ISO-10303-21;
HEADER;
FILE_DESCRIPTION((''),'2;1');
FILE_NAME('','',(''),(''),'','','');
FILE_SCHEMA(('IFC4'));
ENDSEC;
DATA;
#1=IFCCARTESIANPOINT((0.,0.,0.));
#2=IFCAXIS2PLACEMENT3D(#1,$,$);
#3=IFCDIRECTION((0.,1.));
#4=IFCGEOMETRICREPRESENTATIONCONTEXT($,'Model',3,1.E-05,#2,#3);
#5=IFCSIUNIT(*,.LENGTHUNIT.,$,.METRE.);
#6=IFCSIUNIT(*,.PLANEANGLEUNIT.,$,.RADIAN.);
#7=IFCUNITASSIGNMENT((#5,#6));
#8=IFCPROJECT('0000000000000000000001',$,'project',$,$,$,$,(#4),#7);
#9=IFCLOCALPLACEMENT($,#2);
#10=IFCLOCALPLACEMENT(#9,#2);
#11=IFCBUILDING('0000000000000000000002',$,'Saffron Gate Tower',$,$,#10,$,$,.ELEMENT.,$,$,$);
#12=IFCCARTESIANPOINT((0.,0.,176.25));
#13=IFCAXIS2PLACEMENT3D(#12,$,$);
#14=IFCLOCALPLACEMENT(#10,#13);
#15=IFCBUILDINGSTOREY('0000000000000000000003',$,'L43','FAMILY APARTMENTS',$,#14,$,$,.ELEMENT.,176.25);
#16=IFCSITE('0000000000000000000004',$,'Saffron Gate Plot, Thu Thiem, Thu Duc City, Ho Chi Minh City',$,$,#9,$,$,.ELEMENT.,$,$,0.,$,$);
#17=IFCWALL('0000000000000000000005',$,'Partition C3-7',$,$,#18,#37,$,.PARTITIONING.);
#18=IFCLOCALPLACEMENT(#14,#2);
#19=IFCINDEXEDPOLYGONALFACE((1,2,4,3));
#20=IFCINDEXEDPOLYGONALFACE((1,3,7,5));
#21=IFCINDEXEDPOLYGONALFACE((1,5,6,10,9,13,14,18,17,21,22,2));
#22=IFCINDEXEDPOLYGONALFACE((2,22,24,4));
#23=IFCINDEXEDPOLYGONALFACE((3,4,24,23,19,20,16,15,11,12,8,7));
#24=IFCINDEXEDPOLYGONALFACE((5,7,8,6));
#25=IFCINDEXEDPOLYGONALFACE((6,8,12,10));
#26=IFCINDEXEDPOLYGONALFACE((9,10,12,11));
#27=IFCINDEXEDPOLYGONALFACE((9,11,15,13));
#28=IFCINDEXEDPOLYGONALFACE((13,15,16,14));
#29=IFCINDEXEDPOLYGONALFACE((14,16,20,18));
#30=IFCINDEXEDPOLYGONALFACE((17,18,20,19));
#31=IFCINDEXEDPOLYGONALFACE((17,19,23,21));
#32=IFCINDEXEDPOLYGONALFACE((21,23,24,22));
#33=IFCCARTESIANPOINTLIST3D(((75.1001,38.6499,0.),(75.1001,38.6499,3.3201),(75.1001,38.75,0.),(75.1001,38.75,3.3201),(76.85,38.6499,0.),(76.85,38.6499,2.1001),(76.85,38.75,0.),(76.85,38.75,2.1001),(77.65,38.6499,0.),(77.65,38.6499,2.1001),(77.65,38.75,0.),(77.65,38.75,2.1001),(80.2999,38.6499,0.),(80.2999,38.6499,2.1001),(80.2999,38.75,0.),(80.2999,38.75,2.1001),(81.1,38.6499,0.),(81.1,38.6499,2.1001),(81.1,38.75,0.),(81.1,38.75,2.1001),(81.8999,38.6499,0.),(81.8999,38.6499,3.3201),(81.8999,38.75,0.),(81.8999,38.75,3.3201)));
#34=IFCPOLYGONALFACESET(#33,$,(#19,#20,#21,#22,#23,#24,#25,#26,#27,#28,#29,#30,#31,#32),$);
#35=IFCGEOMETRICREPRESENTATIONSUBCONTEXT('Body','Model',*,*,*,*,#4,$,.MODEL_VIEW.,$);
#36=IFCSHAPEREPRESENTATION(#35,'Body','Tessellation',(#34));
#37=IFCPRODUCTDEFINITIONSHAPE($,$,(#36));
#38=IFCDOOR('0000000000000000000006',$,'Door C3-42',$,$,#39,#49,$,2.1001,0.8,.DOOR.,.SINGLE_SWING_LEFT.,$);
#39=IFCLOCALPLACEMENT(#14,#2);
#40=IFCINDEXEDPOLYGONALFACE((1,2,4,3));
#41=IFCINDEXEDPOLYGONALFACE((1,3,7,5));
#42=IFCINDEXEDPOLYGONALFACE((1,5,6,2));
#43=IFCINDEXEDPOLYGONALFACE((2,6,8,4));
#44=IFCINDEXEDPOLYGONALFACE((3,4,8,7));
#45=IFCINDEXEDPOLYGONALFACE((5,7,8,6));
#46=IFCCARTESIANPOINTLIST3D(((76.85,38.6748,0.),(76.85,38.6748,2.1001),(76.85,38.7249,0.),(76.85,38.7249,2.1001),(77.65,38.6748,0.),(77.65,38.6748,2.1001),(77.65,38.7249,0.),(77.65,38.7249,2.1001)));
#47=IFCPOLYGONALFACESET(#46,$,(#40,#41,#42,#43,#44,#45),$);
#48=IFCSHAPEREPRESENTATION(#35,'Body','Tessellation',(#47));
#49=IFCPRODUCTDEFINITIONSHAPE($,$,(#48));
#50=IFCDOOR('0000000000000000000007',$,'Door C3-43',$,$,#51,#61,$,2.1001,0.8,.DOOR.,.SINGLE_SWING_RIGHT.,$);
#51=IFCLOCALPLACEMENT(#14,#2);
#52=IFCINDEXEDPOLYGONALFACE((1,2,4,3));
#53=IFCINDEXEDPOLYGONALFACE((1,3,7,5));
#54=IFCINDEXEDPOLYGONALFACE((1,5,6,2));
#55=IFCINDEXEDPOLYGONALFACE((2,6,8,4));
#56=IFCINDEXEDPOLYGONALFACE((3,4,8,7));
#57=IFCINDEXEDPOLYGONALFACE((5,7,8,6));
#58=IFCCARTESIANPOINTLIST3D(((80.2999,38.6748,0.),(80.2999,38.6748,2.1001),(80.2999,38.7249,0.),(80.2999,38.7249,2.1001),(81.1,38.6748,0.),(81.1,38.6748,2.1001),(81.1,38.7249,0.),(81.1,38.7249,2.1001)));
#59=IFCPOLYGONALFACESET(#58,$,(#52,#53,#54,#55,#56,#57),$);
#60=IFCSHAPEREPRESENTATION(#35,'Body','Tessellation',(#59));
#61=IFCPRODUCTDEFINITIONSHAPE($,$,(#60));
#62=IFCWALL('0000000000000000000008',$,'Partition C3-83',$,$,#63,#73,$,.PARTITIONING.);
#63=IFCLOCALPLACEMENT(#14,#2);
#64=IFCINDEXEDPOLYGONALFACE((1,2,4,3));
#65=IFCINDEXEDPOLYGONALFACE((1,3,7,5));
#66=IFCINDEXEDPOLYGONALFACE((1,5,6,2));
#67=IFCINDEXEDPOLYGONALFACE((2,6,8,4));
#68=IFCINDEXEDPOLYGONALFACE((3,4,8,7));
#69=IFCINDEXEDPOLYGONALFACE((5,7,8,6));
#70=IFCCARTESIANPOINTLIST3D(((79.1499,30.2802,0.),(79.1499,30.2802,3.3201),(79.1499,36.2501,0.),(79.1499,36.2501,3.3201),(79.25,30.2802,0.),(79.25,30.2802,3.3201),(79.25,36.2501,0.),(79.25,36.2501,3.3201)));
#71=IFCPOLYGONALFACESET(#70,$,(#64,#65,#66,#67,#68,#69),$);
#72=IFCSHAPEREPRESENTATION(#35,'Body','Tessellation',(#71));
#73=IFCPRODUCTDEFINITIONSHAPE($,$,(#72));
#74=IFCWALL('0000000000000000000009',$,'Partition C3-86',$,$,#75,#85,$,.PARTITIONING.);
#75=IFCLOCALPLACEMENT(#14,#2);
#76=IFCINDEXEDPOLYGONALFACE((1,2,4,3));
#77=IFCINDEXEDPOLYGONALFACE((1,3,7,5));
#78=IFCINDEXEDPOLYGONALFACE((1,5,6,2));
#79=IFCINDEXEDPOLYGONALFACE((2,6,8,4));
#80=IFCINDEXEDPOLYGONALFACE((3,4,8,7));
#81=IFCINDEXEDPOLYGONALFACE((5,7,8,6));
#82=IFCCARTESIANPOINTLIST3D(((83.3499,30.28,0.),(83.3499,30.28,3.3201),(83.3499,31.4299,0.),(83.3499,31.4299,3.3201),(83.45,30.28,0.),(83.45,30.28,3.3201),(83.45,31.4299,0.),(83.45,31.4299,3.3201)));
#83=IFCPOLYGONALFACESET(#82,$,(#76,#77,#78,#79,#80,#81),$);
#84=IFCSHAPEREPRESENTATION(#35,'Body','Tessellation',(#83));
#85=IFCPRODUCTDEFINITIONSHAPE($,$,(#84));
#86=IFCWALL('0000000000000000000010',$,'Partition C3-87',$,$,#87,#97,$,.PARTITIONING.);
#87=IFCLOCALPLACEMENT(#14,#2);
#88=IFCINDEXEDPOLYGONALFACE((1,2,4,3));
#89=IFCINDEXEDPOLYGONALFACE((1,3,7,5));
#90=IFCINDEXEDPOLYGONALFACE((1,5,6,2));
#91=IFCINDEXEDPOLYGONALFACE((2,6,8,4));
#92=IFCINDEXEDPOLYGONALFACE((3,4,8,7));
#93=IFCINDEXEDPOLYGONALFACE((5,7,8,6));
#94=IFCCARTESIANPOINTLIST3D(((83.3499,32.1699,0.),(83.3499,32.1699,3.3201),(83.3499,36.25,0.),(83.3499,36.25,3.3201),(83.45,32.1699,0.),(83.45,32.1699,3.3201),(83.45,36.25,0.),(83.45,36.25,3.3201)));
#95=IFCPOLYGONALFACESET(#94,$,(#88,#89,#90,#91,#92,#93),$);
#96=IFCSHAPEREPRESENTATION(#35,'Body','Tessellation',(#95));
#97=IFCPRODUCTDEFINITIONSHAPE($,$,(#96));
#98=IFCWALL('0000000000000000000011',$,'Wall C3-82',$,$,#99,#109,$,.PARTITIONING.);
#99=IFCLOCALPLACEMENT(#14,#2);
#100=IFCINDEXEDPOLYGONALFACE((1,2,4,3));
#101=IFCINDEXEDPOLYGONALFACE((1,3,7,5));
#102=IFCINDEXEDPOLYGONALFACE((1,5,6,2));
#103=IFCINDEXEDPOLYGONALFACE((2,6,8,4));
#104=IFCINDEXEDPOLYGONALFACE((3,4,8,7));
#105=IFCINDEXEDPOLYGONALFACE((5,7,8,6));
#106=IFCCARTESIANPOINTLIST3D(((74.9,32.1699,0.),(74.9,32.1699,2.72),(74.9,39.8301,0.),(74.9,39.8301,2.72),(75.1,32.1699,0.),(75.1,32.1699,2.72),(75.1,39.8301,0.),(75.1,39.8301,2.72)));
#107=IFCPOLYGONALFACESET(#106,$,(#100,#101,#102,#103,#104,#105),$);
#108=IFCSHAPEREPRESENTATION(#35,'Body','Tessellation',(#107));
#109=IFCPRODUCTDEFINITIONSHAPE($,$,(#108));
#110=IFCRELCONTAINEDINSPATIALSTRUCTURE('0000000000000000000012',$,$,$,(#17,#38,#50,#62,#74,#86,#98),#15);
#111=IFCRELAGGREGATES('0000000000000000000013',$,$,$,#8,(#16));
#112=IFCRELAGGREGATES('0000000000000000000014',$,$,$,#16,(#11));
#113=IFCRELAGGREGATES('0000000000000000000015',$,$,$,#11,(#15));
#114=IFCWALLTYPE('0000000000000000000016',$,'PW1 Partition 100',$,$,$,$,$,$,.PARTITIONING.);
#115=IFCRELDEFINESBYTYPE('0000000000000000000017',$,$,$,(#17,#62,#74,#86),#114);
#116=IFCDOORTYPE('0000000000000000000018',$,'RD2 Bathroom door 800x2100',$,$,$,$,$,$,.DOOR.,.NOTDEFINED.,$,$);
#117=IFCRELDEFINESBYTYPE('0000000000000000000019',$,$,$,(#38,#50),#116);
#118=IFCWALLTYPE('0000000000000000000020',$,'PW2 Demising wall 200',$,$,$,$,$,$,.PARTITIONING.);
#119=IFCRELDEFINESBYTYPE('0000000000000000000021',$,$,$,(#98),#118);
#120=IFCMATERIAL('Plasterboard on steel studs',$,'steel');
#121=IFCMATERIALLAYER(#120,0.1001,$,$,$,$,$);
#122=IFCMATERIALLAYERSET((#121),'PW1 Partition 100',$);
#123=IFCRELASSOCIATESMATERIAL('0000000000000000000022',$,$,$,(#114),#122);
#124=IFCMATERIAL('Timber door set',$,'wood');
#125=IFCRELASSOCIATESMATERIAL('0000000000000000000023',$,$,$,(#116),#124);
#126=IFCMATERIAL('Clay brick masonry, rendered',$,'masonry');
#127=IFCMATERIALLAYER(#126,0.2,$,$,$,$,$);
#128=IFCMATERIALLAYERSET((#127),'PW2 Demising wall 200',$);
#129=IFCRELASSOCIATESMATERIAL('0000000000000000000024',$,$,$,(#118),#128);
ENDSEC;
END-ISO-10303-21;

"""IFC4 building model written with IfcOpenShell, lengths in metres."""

from ifc_helpers import new_model, si_unit, direction, frame, frame_2d, origin, place, context, subcontext, project, spatial, rectangle, extrude, material, layer, layer_set, type_object, element, fill, save


model = new_model("IFC4")

# Units and contexts
model_context = context("Model", 3, precision=1e-05, world=origin(), true_north=direction((0.0, 1.0)))
body_context = subcontext(model_context, "Body", "Model", "MODEL_VIEW")
ifc_project = project(units=[si_unit("LENGTHUNIT", "METRE"), si_unit("PLANEANGLEUNIT", "RADIAN")], contexts=[model_context])

# Site, building, storey
site_placement = place(None, origin())
site = spatial("IfcSite", under=ifc_project, at=site_placement, Name="Saffron Gate Plot, Thu Thiem, Thu Duc City, Ho Chi Minh City", CompositionType="ELEMENT", RefElevation=0.0)
building_placement = place(site_placement, origin())
building = spatial("IfcBuilding", under=site, at=building_placement, Name="Saffron Gate Tower", CompositionType="ELEMENT")
storey_placement = place(building_placement, frame((0.0, 0.0, 176.25)))
storey = spatial("IfcBuildingStorey", under=building, at=storey_placement, Name="L43", Description="FAMILY APARTMENTS", CompositionType="ELEMENT", Elevation=176.25)

# Wall, openings, doors
ifc_material_1 = material(Name="Plasterboard on steel studs", Category="steel")
ifc_layer_1 = layer(ifc_material_1, 0.1001)
ifc_layer_set_1 = layer_set([ifc_layer_1], Name="PW1 Partition 100")
wall_type_1 = type_object("IfcWallType", Name="PW1 Partition 100", PredefinedType="PARTITIONING", material=ifc_layer_set_1)
wall_1_placement = place(storey_placement, frame((75.1001, 38.7, 0.0), z_axis=(0.0, 0.0, 1.0), x_axis=(1.0, 0.0, 0.0)))
wall_1 = element("IfcWall", 1, at=wall_1_placement, inside=storey, type_object=wall_type_1, Name="Partition C3-7", PredefinedType="PARTITIONING", context=body_context, shape_type="SweptSolid", body=[
    extrude(rectangle(XDim=6.7998, YDim=0.1001, at=frame_2d((3.3999, 0.0))), origin(), (0.0, 0.0, 1.0), 3.3201),
])
opening_1_placement = place(wall_1_placement, frame((1.75, 0.0, 0.0)))
opening_1 = element("IfcOpeningElement", 2, at=opening_1_placement, cuts=wall_1, PredefinedType="OPENING", context=body_context, shape_type="SweptSolid", body=[
    extrude(rectangle(XDim=0.8, YDim=2.1001, at=frame_2d((0.3999, 1.05))), frame((0.0, 0.0601, 0.0), z_axis=(0.0, -1.0, 0.0), x_axis=(1.0, 0.0, 0.0)), (0.0, 0.0, 1.0), 0.1201),
])
opening_2_placement = place(wall_1_placement, frame((5.2, 0.0, 0.0)))
opening_2 = element("IfcOpeningElement", 3, at=opening_2_placement, cuts=wall_1, PredefinedType="OPENING", context=body_context, shape_type="SweptSolid", body=[
    extrude(rectangle(XDim=0.8, YDim=2.1001, at=frame_2d((0.3999, 1.05))), frame((0.0, 0.0601, 0.0), z_axis=(0.0, -1.0, 0.0), x_axis=(1.0, 0.0, 0.0)), (0.0, 0.0, 1.0), 0.1201),
])
ifc_material_2 = material(Name="Timber door set", Category="wood")
door_type = type_object("IfcDoorType", Name="RD2 Bathroom door 800x2100", OperationType="NOTDEFINED", PredefinedType="DOOR", material=ifc_material_2)
door_1_placement = place(opening_1_placement, origin())
door_1 = element("IfcDoor", 4, at=door_1_placement, inside=storey, type_object=door_type, Name="Door C3-42", OperationType="SINGLE_SWING_LEFT", OverallHeight=2.1001, OverallWidth=0.8, PredefinedType="DOOR", context=body_context, shape_type="SweptSolid", body=[
    extrude(rectangle(XDim=0.8, YDim=2.1001, at=frame_2d((0.3999, 1.05))), frame((0.0, 0.0249, 0.0), z_axis=(0.0, -1.0, 0.0), x_axis=(1.0, 0.0, 0.0)), (0.0, 0.0, 1.0), 0.05),
])
fill(opening_1, door_1)
door_2_placement = place(opening_2_placement, origin())
door_2 = element("IfcDoor", 5, at=door_2_placement, inside=storey, type_object=door_type, Name="Door C3-43", OperationType="SINGLE_SWING_RIGHT", OverallHeight=2.1001, OverallWidth=0.8, PredefinedType="DOOR", context=body_context, shape_type="SweptSolid", body=[
    extrude(rectangle(XDim=0.8, YDim=2.1001, at=frame_2d((0.3999, 1.05))), frame((0.0, 0.0249, 0.0), z_axis=(0.0, -1.0, 0.0), x_axis=(1.0, 0.0, 0.0)), (0.0, 0.0, 1.0), 0.05),
])
fill(opening_2, door_2)

# Walls
wall_2_placement = place(storey_placement, frame((79.2, 36.25, 0.0), z_axis=(0.0, 0.0, 1.0), x_axis=(0.0, -1.0, 0.0)))
element("IfcWall", 6, at=wall_2_placement, inside=storey, type_object=wall_type_1, Name="Partition C3-83", PredefinedType="PARTITIONING", context=body_context, shape_type="SweptSolid", body=[
    extrude(rectangle(XDim=5.97, YDim=0.1001, at=frame_2d((2.9849, 0.0))), origin(), (0.0, 0.0, 1.0), 3.3201),
])
wall_3_placement = place(storey_placement, frame((83.3999, 31.4299, 0.0), z_axis=(0.0, 0.0, 1.0), x_axis=(0.0, -1.0, 0.0)))
element("IfcWall", 7, at=wall_3_placement, inside=storey, type_object=wall_type_1, Name="Partition C3-86", PredefinedType="PARTITIONING", context=body_context, shape_type="SweptSolid", body=[
    extrude(rectangle(XDim=1.1499, YDim=0.1001, at=frame_2d((0.575, 0.0))), origin(), (0.0, 0.0, 1.0), 3.3201),
])
wall_4_placement = place(storey_placement, frame((83.3999, 36.25, 0.0), z_axis=(0.0, 0.0, 1.0), x_axis=(0.0, -1.0, 0.0)))
element("IfcWall", 8, at=wall_4_placement, inside=storey, type_object=wall_type_1, Name="Partition C3-87", PredefinedType="PARTITIONING", context=body_context, shape_type="SweptSolid", body=[
    extrude(rectangle(XDim=4.0801, YDim=0.1001, at=frame_2d((2.04, 0.0))), origin(), (0.0, 0.0, 1.0), 3.3201),
])
ifc_material_3 = material(Name="Clay brick masonry, rendered", Category="masonry")
ifc_layer_2 = layer(ifc_material_3, 0.2)
ifc_layer_set_2 = layer_set([ifc_layer_2], Name="PW2 Demising wall 200")
wall_type_2 = type_object("IfcWallType", Name="PW2 Demising wall 200", PredefinedType="PARTITIONING", material=ifc_layer_set_2)
wall_5_placement = place(storey_placement, frame((75.0, 39.8301, 0.0), z_axis=(0.0, 0.0, 1.0), x_axis=(0.0, -1.0, 0.0)))
element("IfcWall", 9, at=wall_5_placement, inside=storey, type_object=wall_type_2, Name="Wall C3-82", PredefinedType="PARTITIONING", context=body_context, shape_type="SweptSolid", body=[
    extrude(rectangle(XDim=7.6602, YDim=0.2, at=frame_2d((3.8301, 0.0))), origin(), (0.0, 0.0, 1.0), 2.72),
])

save(model, "model.ifc")
